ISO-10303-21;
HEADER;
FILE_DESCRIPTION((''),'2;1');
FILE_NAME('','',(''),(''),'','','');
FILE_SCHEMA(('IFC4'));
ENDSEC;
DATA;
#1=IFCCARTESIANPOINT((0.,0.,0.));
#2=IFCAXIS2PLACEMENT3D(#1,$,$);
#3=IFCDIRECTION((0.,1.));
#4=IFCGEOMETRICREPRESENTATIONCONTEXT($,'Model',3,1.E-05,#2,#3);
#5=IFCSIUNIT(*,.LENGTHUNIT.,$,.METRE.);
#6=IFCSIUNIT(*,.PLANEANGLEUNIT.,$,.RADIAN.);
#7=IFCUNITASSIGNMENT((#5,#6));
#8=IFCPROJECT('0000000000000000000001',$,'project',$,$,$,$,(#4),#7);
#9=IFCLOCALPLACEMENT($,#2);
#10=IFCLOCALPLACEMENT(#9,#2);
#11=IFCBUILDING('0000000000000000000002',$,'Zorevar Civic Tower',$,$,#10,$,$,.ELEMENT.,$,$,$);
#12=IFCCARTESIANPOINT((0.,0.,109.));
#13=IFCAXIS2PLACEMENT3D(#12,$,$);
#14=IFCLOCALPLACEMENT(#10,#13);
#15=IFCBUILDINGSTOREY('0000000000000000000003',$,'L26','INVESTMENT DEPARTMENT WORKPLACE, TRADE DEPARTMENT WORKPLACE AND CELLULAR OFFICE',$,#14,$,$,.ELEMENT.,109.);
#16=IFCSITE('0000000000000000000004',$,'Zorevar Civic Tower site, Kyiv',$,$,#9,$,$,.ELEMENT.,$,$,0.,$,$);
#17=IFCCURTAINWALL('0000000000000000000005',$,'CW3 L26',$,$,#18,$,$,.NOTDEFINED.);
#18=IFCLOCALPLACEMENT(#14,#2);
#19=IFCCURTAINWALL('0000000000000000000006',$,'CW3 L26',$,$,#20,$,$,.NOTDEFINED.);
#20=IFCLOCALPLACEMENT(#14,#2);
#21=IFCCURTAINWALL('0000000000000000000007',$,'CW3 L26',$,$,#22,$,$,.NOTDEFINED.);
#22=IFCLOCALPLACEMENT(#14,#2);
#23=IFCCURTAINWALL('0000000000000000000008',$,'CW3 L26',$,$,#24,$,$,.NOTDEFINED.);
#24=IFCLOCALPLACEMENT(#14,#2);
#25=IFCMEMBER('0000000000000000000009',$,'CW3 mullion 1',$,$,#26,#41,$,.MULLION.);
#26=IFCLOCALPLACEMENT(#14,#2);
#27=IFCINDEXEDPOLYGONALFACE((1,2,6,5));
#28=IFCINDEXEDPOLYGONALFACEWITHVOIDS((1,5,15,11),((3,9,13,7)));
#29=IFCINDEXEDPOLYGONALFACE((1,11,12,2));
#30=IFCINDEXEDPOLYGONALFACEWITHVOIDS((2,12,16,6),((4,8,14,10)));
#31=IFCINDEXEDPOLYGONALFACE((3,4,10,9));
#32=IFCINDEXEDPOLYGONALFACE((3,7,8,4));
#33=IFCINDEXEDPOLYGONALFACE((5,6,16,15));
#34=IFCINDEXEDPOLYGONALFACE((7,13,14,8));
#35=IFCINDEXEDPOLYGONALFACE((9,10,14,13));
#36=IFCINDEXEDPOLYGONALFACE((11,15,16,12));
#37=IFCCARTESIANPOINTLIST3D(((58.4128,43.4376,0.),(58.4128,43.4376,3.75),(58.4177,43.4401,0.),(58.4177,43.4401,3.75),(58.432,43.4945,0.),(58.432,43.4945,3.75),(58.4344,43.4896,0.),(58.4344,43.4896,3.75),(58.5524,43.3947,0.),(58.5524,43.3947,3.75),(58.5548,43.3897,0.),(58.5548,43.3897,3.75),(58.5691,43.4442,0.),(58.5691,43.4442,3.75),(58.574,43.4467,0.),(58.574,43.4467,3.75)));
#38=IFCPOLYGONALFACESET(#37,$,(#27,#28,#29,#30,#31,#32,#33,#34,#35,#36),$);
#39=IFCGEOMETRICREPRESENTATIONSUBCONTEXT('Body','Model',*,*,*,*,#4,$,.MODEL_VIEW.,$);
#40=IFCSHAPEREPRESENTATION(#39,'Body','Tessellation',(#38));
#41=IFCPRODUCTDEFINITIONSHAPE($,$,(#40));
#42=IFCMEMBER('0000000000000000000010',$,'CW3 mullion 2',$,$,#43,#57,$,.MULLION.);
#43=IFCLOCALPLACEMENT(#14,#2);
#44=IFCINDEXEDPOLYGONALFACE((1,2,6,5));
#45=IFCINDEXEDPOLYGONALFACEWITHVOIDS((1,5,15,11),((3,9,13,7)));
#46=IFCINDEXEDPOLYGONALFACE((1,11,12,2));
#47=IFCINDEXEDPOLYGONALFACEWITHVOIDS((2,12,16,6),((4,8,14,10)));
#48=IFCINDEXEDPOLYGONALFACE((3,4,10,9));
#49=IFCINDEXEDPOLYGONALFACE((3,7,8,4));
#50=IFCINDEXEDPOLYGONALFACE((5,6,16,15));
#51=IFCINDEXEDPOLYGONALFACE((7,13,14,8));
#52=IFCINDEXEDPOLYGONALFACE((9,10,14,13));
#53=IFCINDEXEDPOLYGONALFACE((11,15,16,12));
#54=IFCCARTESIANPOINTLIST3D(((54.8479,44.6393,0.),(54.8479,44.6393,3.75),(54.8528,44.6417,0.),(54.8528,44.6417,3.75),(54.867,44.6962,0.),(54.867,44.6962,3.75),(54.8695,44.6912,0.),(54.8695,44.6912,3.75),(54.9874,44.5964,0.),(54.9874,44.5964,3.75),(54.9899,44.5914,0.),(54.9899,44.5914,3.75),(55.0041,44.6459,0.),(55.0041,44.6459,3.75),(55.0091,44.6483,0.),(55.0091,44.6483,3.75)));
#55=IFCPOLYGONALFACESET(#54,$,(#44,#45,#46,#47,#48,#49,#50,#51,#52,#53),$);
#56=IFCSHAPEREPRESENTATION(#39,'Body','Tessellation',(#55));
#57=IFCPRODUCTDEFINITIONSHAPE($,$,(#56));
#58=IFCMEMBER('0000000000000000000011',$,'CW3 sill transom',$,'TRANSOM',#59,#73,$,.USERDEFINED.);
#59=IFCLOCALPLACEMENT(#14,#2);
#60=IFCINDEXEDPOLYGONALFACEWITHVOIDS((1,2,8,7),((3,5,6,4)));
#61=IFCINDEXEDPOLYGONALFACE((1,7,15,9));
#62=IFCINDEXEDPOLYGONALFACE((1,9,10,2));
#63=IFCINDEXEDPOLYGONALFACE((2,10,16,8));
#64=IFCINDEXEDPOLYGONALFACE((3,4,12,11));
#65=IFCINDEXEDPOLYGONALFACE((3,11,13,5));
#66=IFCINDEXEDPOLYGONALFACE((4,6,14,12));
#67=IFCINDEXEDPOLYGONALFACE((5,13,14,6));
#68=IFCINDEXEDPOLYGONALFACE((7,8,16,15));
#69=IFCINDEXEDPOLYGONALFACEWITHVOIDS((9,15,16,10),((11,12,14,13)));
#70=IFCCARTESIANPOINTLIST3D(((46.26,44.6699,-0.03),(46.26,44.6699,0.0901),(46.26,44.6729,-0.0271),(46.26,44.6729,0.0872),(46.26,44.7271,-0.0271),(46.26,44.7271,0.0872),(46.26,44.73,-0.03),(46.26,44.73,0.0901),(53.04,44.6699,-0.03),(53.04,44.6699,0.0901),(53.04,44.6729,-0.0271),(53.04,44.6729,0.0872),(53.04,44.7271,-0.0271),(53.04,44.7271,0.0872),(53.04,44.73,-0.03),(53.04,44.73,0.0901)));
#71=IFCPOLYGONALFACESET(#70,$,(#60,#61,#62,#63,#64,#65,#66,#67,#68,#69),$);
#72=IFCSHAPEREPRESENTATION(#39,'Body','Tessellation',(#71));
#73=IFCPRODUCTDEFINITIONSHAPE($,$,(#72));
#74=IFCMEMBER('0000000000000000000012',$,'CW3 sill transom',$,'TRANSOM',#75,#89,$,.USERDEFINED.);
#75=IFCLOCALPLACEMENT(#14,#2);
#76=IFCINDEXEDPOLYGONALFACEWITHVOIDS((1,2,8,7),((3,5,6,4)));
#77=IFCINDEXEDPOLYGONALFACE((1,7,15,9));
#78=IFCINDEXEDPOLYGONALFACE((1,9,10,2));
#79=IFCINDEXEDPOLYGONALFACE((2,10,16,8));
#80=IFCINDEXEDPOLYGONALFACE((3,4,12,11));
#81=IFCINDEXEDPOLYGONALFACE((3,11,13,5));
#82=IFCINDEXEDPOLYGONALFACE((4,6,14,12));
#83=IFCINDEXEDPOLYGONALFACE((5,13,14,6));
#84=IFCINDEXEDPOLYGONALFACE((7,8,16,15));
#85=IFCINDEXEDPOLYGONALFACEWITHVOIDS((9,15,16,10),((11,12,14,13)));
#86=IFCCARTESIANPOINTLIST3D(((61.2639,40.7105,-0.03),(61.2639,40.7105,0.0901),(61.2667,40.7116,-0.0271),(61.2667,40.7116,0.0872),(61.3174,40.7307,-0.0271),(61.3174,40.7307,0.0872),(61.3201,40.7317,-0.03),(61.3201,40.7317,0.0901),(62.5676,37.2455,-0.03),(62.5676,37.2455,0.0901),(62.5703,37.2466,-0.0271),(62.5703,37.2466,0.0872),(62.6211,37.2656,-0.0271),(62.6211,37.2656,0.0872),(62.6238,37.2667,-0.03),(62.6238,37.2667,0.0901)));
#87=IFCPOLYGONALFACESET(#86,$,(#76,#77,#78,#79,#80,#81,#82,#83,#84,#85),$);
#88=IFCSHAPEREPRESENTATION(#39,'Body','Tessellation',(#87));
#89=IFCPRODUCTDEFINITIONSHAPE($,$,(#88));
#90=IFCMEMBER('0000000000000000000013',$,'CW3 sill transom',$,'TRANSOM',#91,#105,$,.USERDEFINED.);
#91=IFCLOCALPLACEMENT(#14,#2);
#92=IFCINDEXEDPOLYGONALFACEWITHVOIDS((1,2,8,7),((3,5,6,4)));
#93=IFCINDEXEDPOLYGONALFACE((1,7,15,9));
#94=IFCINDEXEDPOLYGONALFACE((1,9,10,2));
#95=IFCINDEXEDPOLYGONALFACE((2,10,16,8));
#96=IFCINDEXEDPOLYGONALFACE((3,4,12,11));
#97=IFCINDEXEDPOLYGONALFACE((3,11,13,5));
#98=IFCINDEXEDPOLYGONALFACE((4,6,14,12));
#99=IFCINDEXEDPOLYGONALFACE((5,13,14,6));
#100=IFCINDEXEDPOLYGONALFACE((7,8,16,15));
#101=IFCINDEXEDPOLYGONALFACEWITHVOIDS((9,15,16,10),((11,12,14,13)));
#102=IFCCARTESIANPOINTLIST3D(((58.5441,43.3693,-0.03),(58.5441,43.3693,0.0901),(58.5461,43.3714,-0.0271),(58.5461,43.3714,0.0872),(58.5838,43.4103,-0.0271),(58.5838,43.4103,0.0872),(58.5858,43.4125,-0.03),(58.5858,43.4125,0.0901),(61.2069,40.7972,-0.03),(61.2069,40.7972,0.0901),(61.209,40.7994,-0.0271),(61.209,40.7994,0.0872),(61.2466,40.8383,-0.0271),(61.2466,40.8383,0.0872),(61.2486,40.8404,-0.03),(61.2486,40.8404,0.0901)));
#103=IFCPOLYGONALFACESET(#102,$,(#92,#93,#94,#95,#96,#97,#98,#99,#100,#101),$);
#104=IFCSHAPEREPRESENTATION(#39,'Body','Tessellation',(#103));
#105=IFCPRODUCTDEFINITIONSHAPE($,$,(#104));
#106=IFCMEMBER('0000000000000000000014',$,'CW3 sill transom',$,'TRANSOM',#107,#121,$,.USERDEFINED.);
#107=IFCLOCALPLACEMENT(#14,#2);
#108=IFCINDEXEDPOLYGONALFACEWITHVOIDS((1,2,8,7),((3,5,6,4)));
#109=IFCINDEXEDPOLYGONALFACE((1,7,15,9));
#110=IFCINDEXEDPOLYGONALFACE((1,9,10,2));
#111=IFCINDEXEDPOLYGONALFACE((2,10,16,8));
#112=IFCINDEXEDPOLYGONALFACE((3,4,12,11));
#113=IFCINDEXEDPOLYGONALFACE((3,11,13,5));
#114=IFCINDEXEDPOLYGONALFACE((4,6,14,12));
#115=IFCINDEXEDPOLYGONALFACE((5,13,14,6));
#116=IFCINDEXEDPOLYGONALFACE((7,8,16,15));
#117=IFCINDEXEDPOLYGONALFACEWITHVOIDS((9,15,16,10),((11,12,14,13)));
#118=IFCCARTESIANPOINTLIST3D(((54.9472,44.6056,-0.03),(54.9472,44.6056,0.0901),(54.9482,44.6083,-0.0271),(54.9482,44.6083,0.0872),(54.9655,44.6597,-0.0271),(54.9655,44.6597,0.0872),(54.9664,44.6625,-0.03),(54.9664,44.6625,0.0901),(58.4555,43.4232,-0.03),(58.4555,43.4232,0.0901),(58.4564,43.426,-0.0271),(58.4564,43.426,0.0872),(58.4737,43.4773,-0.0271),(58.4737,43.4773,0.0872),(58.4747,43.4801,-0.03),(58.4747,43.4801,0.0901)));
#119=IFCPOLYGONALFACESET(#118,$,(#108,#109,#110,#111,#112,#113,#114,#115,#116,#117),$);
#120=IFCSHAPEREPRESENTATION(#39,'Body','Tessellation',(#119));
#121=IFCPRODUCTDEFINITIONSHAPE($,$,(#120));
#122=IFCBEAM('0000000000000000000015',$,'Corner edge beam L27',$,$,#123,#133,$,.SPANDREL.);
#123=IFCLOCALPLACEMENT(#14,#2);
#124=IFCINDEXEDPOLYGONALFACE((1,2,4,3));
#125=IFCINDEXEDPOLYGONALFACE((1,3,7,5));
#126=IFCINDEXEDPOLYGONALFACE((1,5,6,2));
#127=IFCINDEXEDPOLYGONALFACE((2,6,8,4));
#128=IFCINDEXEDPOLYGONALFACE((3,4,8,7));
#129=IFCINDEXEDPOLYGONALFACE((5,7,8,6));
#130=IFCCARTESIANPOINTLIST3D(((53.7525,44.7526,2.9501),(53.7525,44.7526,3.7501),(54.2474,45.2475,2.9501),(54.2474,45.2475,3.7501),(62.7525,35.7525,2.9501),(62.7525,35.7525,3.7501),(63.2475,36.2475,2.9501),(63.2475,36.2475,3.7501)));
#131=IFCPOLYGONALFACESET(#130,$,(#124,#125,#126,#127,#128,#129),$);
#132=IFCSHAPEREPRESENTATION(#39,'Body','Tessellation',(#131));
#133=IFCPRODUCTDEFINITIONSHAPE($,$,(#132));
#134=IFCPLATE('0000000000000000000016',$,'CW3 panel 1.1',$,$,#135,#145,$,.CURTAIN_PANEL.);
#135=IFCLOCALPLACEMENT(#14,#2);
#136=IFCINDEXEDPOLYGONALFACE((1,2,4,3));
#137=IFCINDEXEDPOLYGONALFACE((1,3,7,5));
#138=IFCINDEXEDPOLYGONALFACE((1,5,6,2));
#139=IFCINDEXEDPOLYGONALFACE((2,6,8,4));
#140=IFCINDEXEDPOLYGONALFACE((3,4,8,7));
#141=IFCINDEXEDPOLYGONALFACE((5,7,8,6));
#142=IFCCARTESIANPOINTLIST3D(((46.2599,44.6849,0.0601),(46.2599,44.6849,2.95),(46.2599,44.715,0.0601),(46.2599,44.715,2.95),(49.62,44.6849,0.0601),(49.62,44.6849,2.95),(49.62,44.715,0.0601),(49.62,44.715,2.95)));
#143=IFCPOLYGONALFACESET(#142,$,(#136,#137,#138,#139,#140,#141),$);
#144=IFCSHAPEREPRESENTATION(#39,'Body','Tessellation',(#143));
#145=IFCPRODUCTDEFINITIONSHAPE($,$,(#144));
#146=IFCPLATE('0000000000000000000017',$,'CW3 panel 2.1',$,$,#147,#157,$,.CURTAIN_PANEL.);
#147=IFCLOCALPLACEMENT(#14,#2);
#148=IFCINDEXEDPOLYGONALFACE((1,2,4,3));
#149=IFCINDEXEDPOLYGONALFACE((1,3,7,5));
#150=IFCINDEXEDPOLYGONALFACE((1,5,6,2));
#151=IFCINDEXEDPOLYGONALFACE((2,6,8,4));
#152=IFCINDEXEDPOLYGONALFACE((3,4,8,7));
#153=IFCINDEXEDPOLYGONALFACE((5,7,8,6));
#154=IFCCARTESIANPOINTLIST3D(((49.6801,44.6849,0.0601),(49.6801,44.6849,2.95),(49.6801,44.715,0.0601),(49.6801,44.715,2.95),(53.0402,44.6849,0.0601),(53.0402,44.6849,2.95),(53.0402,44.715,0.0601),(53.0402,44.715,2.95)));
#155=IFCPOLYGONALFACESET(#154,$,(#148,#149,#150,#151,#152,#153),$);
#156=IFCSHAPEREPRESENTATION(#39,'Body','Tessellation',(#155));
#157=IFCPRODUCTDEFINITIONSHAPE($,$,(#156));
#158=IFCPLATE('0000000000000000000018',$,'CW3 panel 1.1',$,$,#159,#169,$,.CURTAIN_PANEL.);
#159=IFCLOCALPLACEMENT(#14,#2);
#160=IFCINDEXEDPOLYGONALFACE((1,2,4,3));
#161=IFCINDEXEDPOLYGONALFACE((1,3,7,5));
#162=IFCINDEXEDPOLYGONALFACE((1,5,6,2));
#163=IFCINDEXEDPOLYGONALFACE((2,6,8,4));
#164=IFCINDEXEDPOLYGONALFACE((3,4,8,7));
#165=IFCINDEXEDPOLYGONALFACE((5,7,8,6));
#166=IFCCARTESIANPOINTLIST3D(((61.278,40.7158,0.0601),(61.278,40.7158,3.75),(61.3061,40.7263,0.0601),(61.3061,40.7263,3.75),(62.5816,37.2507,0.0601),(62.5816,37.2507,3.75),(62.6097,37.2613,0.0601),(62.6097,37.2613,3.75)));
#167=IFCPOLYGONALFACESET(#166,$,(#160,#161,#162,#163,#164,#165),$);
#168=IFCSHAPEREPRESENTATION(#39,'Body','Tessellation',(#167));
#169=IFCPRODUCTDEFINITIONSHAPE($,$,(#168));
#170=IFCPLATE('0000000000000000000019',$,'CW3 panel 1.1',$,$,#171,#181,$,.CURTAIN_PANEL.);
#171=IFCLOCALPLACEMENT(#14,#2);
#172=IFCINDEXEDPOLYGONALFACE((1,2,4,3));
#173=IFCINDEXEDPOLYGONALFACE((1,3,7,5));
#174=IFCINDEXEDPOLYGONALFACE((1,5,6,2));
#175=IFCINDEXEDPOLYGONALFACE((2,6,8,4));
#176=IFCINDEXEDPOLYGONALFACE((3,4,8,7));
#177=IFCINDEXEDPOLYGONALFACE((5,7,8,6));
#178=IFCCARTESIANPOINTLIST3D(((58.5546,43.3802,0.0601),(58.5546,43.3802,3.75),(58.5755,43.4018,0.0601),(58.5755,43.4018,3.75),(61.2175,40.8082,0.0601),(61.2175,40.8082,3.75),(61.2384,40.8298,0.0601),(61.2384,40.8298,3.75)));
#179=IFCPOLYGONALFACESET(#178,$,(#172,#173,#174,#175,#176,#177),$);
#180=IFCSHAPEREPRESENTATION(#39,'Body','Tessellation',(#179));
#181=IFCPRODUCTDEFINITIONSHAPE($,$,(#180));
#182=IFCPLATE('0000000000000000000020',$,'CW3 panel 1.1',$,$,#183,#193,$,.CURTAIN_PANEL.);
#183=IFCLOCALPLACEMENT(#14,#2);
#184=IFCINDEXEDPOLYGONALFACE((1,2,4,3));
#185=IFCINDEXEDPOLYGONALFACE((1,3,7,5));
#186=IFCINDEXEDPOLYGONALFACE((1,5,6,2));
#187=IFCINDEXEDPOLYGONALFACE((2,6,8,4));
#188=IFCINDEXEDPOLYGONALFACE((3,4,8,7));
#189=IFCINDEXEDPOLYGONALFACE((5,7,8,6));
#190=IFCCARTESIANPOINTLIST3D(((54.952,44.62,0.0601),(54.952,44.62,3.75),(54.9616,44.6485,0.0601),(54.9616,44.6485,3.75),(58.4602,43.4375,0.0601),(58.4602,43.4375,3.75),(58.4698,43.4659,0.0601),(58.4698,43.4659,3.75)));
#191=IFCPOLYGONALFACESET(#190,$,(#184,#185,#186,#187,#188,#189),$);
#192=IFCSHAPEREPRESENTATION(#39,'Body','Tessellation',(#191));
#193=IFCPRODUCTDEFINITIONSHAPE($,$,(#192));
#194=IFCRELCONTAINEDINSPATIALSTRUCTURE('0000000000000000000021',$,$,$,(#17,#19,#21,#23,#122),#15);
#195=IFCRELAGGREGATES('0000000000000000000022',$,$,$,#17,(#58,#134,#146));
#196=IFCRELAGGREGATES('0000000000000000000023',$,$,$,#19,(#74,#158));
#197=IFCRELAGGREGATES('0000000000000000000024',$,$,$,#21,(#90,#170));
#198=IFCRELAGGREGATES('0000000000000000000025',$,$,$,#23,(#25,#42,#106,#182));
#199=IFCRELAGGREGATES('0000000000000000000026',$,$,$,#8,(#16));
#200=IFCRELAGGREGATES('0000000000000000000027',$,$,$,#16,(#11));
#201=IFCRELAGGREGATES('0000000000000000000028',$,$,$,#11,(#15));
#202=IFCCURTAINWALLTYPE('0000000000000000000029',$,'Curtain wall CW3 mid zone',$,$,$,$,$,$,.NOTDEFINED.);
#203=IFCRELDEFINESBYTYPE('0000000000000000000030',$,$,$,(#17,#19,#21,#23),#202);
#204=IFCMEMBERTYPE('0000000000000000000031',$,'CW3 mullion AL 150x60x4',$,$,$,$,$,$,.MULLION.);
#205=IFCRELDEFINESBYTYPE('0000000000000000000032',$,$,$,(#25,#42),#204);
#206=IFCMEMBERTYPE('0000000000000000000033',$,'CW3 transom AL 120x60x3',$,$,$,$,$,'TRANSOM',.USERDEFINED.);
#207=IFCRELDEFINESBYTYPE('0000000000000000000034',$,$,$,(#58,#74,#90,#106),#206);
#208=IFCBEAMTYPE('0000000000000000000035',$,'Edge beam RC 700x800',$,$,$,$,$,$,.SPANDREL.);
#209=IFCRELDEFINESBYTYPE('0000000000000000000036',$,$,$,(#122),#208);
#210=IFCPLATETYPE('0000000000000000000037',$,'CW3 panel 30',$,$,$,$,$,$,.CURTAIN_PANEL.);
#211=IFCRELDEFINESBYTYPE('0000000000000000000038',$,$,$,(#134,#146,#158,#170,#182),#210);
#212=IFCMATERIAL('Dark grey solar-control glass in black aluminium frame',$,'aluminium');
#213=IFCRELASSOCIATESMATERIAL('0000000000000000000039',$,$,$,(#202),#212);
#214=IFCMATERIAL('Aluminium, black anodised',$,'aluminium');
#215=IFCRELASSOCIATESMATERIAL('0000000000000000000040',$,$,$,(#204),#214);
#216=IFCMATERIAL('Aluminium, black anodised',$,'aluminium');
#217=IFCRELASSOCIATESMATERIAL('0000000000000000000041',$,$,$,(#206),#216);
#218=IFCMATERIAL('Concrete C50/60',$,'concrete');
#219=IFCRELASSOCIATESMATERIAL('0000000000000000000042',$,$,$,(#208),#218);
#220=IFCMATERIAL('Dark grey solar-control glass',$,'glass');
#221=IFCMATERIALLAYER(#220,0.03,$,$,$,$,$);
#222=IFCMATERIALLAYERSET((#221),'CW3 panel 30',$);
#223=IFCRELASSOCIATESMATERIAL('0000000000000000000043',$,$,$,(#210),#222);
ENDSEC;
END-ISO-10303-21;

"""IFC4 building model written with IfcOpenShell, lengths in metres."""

from ifc_helpers import new_model, si_unit, direction, frame, origin, origin_2d, place, context, subcontext, project, spatial, rectangle, hollow_rectangle, extrude, material, layer, layer_set, material_profile, profile_set, type_object, element, aggregate, save


model = new_model("IFC4")

# Units and contexts
model_context = context("Model", 3, precision=1e-05, world=origin(), true_north=direction((0.0, 1.0)))
body_context = subcontext(model_context, "Body", "Model", "MODEL_VIEW")
ifc_project = project(units=[si_unit("LENGTHUNIT", "METRE"), si_unit("PLANEANGLEUNIT", "RADIAN")], contexts=[model_context])

# Site, building, storey
site_placement = place(None, origin())
site = spatial("IfcSite", under=ifc_project, at=site_placement, Name="Zorevar Civic Tower site, Kyiv", CompositionType="ELEMENT", RefElevation=0.0)
building_placement = place(site_placement, origin())
building = spatial("IfcBuilding", under=site, at=building_placement, Name="Zorevar Civic Tower", CompositionType="ELEMENT")
storey_placement = place(building_placement, frame((0.0, 0.0, 109.0)))
storey = spatial("IfcBuildingStorey", under=building, at=storey_placement, Name="L26", Description="INVESTMENT DEPARTMENT WORKPLACE, TRADE DEPARTMENT WORKPLACE AND CELLULAR OFFICE", CompositionType="ELEMENT", Elevation=109.0)

# Curtain walls, members
ifc_material_1 = material(Name="Dark grey solar-control glass in black aluminium frame", Category="aluminium")
curtain_wall_type = type_object("IfcCurtainWallType", Name="Curtain wall CW3 mid zone", PredefinedType="NOTDEFINED", material=ifc_material_1)
curtain_wall_1_placement = place(storey_placement, origin())
curtain_wall_1 = element("IfcCurtainWall", 1, at=curtain_wall_1_placement, inside=storey, type_object=curtain_wall_type, Name="CW3 L26", PredefinedType="NOTDEFINED")
ifc_material_2 = material(Name="Aluminium, black anodised", Category="aluminium")
ifc_material_profile_1 = material_profile(ifc_material_2, hollow_rectangle(XDim=0.0601, YDim=0.1499, WallThickness=0.0039, at=origin_2d()), Name="AL 150x60x4")
ifc_profile_set_1 = profile_set([ifc_material_profile_1], Name="Aluminium, black anodised")
member_type_1 = type_object("IfcMemberType", Name="CW3 mullion AL 150x60x4", PredefinedType="MULLION", material=ifc_profile_set_1)
curtain_wall_2_placement = place(storey_placement, origin())
curtain_wall_2 = element("IfcCurtainWall", 2, at=curtain_wall_2_placement, inside=storey, type_object=curtain_wall_type, Name="CW3 L26", PredefinedType="NOTDEFINED")
curtain_wall_3_placement = place(storey_placement, origin())
curtain_wall_3 = element("IfcCurtainWall", 3, at=curtain_wall_3_placement, inside=storey, type_object=curtain_wall_type, Name="CW3 L26", PredefinedType="NOTDEFINED")
curtain_wall_4_placement = place(storey_placement, origin())
curtain_wall_4 = element("IfcCurtainWall", 4, at=curtain_wall_4_placement, inside=storey, type_object=curtain_wall_type, Name="CW3 L26", PredefinedType="NOTDEFINED")
member_1_placement = place(storey_placement, frame((58.4934, 43.4421, 0.0), z_axis=(0.0, 0.0, 1.0), x_axis=(-0.319413, -0.947616, 0.0)))
member_1 = element("IfcMember", 5, at=member_1_placement, type_object=member_type_1, Name="CW3 mullion 1", PredefinedType="MULLION", context=body_context, shape_type="SweptSolid", body=[
    extrude(hollow_rectangle(XDim=0.0601, YDim=0.1499, WallThickness=0.0039, at=origin_2d()), origin(), (0.0, 0.0, 1.0), 3.75),
])
member_2_placement = place(storey_placement, frame((54.9285, 44.6438, 0.0), z_axis=(0.0, 0.0, 1.0), x_axis=(-0.319413, -0.947616, 0.0)))
member_2 = element("IfcMember", 6, at=member_2_placement, type_object=member_type_1, Name="CW3 mullion 2", PredefinedType="MULLION", context=body_context, shape_type="SweptSolid", body=[
    extrude(hollow_rectangle(XDim=0.0601, YDim=0.1499, WallThickness=0.0039, at=origin_2d()), origin(), (0.0, 0.0, 1.0), 3.75),
])

# Members
ifc_material_3 = material(Name="Aluminium, black anodised", Category="aluminium")
ifc_material_profile_2 = material_profile(ifc_material_3, hollow_rectangle(XDim=0.0601, YDim=0.1201, WallThickness=0.0029, at=origin_2d()), Name="AL 120x60x3")
ifc_profile_set_2 = profile_set([ifc_material_profile_2], Name="Aluminium, black anodised")
member_type_2 = type_object("IfcMemberType", Name="CW3 transom AL 120x60x3", ElementType="TRANSOM", PredefinedType="USERDEFINED", material=ifc_profile_set_2)
member_3_placement = place(storey_placement, frame((46.26, 44.7, 0.03), z_axis=(1.0, 0.0, 0.0), x_axis=(0.0, 1.0, 0.0)))
member_3 = element("IfcMember", 7, at=member_3_placement, type_object=member_type_2, Name="CW3 sill transom", ObjectType="TRANSOM", PredefinedType="USERDEFINED", context=body_context, shape_type="SweptSolid", body=[
    extrude(hollow_rectangle(XDim=0.0601, YDim=0.1201, WallThickness=0.0029, at=origin_2d()), origin(), (0.0, 0.0, 1.0), 6.78),
])
member_4_placement = place(storey_placement, frame((62.5957, 37.2561, 0.03), z_axis=(-0.352142, 0.935947, 0.0), x_axis=(-0.935947, -0.352142, 0.0)))
member_4 = element("IfcMember", 8, at=member_4_placement, type_object=member_type_2, Name="CW3 sill transom", ObjectType="TRANSOM", PredefinedType="USERDEFINED", context=body_context, shape_type="SweptSolid", body=[
    extrude(hollow_rectangle(XDim=0.0601, YDim=0.1201, WallThickness=0.0029, at=origin_2d()), origin(), (0.0, 0.0, 1.0), 3.7021),
])
member_5_placement = place(storey_placement, frame((61.2278, 40.8188, 0.03), z_axis=(-0.719266, 0.694735, 0.0), x_axis=(-0.694735, -0.719266, 0.0)))
member_5 = element("IfcMember", 9, at=member_5_placement, type_object=member_type_2, Name="CW3 sill transom", ObjectType="TRANSOM", PredefinedType="USERDEFINED", context=body_context, shape_type="SweptSolid", body=[
    extrude(hollow_rectangle(XDim=0.0601, YDim=0.1201, WallThickness=0.0029, at=origin_2d()), origin(), (0.0, 0.0, 1.0), 3.7021),
])
member_6_placement = place(storey_placement, frame((58.4651, 43.4517, 0.03), z_axis=(-0.94763, 0.319372, 0.0), x_axis=(-0.319372, -0.94763, 0.0)))
member_6 = element("IfcMember", 10, at=member_6_placement, type_object=member_type_2, Name="CW3 sill transom", ObjectType="TRANSOM", PredefinedType="USERDEFINED", context=body_context, shape_type="SweptSolid", body=[
    extrude(hollow_rectangle(XDim=0.0601, YDim=0.1201, WallThickness=0.0029, at=origin_2d()), origin(), (0.0, 0.0, 1.0), 3.7021),
])

# Beam
ifc_material_4 = material(Name="Concrete C50/60", Category="concrete")
ifc_material_profile_3 = material_profile(ifc_material_4, rectangle(XDim=0.7, YDim=0.8, at=origin_2d()), Name="RC 700x800")
ifc_profile_set_3 = profile_set([ifc_material_profile_3], Name="Concrete C50/60")
beam_type_1 = type_object("IfcBeamType", Name="Edge beam RC 700x800", PredefinedType="SPANDREL", material=ifc_profile_set_3)
beam_1_placement = place(storey_placement, frame((63.0, 36.0, 3.3501), z_axis=(-0.707107, 0.707107, 0.0), x_axis=(-0.707107, -0.707107, 0.0)))
element("IfcBeam", 11, at=beam_1_placement, inside=storey, type_object=beam_type_1, Name="Corner edge beam L27", PredefinedType="SPANDREL", context=body_context, shape_type="SweptSolid", body=[
    extrude(rectangle(XDim=0.7, YDim=0.8, at=origin_2d()), origin(), (0.0, 0.0, 1.0), 12.728),
])

# Plates
ifc_material_5 = material(Name="Dark grey solar-control glass", Category="glass")
ifc_layer_1 = layer(ifc_material_5, 0.03)
ifc_layer_set_1 = layer_set([ifc_layer_1], Name="CW3 panel 30")
plate_type = type_object("IfcPlateType", Name="CW3 panel 30", PredefinedType="CURTAIN_PANEL", material=ifc_layer_set_1)
plate_1_placement = place(storey_placement, frame((47.9399, 44.7, 0.0601), z_axis=(0.0, 0.0, 1.0), x_axis=(1.0, 0.0, 0.0)))
plate_1 = element("IfcPlate", 12, at=plate_1_placement, type_object=plate_type, Name="CW3 panel 1.1", PredefinedType="CURTAIN_PANEL", context=body_context, shape_type="SweptSolid", body=[
    extrude(rectangle(XDim=3.3601, YDim=0.03, at=origin_2d()), origin(), (0.0, 0.0, 1.0), 2.8899),
])
plate_2_placement = place(storey_placement, frame((51.3601, 44.7, 0.0601), z_axis=(0.0, 0.0, 1.0), x_axis=(1.0, 0.0, 0.0)))
plate_2 = element("IfcPlate", 13, at=plate_2_placement, type_object=plate_type, Name="CW3 panel 2.1", PredefinedType="CURTAIN_PANEL", context=body_context, shape_type="SweptSolid", body=[
    extrude(rectangle(XDim=3.3601, YDim=0.03, at=origin_2d()), origin(), (0.0, 0.0, 1.0), 2.8899),
])
aggregate(curtain_wall_1, [member_3, plate_1, plate_2])
plate_3_placement = place(storey_placement, frame((61.9438, 38.9885, 0.0601), z_axis=(0.0, 0.0, 1.0), x_axis=(-0.352132, 0.935951, 0.0)))
plate_3 = element("IfcPlate", 14, at=plate_3_placement, type_object=plate_type, Name="CW3 panel 1.1", PredefinedType="CURTAIN_PANEL", context=body_context, shape_type="SweptSolid", body=[
    extrude(rectangle(XDim=3.7021, YDim=0.03, at=origin_2d()), origin(), (0.0, 0.0, 1.0), 3.6899),
])
aggregate(curtain_wall_2, [member_4, plate_3])
plate_4_placement = place(storey_placement, frame((59.8965, 42.105, 0.0601), z_axis=(0.0, 0.0, 1.0), x_axis=(-0.719281, 0.694719, 0.0)))
plate_4 = element("IfcPlate", 15, at=plate_4_placement, type_object=plate_type, Name="CW3 panel 1.1", PredefinedType="CURTAIN_PANEL", context=body_context, shape_type="SweptSolid", body=[
    extrude(rectangle(XDim=3.7021, YDim=0.03, at=origin_2d()), origin(), (0.0, 0.0, 1.0), 3.6899),
])
aggregate(curtain_wall_3, [member_5, plate_4])
plate_5_placement = place(storey_placement, frame((56.7109, 44.043, 0.0601), z_axis=(0.0, 0.0, 1.0), x_axis=(-0.947616, 0.319413, 0.0)))
plate_5 = element("IfcPlate", 16, at=plate_5_placement, type_object=plate_type, Name="CW3 panel 1.1", PredefinedType="CURTAIN_PANEL", context=body_context, shape_type="SweptSolid", body=[
    extrude(rectangle(XDim=3.7021, YDim=0.03, at=origin_2d()), origin(), (0.0, 0.0, 1.0), 3.6899),
])
aggregate(curtain_wall_4, [member_1, member_2, member_6, plate_5])

save(model, "model.ifc")
